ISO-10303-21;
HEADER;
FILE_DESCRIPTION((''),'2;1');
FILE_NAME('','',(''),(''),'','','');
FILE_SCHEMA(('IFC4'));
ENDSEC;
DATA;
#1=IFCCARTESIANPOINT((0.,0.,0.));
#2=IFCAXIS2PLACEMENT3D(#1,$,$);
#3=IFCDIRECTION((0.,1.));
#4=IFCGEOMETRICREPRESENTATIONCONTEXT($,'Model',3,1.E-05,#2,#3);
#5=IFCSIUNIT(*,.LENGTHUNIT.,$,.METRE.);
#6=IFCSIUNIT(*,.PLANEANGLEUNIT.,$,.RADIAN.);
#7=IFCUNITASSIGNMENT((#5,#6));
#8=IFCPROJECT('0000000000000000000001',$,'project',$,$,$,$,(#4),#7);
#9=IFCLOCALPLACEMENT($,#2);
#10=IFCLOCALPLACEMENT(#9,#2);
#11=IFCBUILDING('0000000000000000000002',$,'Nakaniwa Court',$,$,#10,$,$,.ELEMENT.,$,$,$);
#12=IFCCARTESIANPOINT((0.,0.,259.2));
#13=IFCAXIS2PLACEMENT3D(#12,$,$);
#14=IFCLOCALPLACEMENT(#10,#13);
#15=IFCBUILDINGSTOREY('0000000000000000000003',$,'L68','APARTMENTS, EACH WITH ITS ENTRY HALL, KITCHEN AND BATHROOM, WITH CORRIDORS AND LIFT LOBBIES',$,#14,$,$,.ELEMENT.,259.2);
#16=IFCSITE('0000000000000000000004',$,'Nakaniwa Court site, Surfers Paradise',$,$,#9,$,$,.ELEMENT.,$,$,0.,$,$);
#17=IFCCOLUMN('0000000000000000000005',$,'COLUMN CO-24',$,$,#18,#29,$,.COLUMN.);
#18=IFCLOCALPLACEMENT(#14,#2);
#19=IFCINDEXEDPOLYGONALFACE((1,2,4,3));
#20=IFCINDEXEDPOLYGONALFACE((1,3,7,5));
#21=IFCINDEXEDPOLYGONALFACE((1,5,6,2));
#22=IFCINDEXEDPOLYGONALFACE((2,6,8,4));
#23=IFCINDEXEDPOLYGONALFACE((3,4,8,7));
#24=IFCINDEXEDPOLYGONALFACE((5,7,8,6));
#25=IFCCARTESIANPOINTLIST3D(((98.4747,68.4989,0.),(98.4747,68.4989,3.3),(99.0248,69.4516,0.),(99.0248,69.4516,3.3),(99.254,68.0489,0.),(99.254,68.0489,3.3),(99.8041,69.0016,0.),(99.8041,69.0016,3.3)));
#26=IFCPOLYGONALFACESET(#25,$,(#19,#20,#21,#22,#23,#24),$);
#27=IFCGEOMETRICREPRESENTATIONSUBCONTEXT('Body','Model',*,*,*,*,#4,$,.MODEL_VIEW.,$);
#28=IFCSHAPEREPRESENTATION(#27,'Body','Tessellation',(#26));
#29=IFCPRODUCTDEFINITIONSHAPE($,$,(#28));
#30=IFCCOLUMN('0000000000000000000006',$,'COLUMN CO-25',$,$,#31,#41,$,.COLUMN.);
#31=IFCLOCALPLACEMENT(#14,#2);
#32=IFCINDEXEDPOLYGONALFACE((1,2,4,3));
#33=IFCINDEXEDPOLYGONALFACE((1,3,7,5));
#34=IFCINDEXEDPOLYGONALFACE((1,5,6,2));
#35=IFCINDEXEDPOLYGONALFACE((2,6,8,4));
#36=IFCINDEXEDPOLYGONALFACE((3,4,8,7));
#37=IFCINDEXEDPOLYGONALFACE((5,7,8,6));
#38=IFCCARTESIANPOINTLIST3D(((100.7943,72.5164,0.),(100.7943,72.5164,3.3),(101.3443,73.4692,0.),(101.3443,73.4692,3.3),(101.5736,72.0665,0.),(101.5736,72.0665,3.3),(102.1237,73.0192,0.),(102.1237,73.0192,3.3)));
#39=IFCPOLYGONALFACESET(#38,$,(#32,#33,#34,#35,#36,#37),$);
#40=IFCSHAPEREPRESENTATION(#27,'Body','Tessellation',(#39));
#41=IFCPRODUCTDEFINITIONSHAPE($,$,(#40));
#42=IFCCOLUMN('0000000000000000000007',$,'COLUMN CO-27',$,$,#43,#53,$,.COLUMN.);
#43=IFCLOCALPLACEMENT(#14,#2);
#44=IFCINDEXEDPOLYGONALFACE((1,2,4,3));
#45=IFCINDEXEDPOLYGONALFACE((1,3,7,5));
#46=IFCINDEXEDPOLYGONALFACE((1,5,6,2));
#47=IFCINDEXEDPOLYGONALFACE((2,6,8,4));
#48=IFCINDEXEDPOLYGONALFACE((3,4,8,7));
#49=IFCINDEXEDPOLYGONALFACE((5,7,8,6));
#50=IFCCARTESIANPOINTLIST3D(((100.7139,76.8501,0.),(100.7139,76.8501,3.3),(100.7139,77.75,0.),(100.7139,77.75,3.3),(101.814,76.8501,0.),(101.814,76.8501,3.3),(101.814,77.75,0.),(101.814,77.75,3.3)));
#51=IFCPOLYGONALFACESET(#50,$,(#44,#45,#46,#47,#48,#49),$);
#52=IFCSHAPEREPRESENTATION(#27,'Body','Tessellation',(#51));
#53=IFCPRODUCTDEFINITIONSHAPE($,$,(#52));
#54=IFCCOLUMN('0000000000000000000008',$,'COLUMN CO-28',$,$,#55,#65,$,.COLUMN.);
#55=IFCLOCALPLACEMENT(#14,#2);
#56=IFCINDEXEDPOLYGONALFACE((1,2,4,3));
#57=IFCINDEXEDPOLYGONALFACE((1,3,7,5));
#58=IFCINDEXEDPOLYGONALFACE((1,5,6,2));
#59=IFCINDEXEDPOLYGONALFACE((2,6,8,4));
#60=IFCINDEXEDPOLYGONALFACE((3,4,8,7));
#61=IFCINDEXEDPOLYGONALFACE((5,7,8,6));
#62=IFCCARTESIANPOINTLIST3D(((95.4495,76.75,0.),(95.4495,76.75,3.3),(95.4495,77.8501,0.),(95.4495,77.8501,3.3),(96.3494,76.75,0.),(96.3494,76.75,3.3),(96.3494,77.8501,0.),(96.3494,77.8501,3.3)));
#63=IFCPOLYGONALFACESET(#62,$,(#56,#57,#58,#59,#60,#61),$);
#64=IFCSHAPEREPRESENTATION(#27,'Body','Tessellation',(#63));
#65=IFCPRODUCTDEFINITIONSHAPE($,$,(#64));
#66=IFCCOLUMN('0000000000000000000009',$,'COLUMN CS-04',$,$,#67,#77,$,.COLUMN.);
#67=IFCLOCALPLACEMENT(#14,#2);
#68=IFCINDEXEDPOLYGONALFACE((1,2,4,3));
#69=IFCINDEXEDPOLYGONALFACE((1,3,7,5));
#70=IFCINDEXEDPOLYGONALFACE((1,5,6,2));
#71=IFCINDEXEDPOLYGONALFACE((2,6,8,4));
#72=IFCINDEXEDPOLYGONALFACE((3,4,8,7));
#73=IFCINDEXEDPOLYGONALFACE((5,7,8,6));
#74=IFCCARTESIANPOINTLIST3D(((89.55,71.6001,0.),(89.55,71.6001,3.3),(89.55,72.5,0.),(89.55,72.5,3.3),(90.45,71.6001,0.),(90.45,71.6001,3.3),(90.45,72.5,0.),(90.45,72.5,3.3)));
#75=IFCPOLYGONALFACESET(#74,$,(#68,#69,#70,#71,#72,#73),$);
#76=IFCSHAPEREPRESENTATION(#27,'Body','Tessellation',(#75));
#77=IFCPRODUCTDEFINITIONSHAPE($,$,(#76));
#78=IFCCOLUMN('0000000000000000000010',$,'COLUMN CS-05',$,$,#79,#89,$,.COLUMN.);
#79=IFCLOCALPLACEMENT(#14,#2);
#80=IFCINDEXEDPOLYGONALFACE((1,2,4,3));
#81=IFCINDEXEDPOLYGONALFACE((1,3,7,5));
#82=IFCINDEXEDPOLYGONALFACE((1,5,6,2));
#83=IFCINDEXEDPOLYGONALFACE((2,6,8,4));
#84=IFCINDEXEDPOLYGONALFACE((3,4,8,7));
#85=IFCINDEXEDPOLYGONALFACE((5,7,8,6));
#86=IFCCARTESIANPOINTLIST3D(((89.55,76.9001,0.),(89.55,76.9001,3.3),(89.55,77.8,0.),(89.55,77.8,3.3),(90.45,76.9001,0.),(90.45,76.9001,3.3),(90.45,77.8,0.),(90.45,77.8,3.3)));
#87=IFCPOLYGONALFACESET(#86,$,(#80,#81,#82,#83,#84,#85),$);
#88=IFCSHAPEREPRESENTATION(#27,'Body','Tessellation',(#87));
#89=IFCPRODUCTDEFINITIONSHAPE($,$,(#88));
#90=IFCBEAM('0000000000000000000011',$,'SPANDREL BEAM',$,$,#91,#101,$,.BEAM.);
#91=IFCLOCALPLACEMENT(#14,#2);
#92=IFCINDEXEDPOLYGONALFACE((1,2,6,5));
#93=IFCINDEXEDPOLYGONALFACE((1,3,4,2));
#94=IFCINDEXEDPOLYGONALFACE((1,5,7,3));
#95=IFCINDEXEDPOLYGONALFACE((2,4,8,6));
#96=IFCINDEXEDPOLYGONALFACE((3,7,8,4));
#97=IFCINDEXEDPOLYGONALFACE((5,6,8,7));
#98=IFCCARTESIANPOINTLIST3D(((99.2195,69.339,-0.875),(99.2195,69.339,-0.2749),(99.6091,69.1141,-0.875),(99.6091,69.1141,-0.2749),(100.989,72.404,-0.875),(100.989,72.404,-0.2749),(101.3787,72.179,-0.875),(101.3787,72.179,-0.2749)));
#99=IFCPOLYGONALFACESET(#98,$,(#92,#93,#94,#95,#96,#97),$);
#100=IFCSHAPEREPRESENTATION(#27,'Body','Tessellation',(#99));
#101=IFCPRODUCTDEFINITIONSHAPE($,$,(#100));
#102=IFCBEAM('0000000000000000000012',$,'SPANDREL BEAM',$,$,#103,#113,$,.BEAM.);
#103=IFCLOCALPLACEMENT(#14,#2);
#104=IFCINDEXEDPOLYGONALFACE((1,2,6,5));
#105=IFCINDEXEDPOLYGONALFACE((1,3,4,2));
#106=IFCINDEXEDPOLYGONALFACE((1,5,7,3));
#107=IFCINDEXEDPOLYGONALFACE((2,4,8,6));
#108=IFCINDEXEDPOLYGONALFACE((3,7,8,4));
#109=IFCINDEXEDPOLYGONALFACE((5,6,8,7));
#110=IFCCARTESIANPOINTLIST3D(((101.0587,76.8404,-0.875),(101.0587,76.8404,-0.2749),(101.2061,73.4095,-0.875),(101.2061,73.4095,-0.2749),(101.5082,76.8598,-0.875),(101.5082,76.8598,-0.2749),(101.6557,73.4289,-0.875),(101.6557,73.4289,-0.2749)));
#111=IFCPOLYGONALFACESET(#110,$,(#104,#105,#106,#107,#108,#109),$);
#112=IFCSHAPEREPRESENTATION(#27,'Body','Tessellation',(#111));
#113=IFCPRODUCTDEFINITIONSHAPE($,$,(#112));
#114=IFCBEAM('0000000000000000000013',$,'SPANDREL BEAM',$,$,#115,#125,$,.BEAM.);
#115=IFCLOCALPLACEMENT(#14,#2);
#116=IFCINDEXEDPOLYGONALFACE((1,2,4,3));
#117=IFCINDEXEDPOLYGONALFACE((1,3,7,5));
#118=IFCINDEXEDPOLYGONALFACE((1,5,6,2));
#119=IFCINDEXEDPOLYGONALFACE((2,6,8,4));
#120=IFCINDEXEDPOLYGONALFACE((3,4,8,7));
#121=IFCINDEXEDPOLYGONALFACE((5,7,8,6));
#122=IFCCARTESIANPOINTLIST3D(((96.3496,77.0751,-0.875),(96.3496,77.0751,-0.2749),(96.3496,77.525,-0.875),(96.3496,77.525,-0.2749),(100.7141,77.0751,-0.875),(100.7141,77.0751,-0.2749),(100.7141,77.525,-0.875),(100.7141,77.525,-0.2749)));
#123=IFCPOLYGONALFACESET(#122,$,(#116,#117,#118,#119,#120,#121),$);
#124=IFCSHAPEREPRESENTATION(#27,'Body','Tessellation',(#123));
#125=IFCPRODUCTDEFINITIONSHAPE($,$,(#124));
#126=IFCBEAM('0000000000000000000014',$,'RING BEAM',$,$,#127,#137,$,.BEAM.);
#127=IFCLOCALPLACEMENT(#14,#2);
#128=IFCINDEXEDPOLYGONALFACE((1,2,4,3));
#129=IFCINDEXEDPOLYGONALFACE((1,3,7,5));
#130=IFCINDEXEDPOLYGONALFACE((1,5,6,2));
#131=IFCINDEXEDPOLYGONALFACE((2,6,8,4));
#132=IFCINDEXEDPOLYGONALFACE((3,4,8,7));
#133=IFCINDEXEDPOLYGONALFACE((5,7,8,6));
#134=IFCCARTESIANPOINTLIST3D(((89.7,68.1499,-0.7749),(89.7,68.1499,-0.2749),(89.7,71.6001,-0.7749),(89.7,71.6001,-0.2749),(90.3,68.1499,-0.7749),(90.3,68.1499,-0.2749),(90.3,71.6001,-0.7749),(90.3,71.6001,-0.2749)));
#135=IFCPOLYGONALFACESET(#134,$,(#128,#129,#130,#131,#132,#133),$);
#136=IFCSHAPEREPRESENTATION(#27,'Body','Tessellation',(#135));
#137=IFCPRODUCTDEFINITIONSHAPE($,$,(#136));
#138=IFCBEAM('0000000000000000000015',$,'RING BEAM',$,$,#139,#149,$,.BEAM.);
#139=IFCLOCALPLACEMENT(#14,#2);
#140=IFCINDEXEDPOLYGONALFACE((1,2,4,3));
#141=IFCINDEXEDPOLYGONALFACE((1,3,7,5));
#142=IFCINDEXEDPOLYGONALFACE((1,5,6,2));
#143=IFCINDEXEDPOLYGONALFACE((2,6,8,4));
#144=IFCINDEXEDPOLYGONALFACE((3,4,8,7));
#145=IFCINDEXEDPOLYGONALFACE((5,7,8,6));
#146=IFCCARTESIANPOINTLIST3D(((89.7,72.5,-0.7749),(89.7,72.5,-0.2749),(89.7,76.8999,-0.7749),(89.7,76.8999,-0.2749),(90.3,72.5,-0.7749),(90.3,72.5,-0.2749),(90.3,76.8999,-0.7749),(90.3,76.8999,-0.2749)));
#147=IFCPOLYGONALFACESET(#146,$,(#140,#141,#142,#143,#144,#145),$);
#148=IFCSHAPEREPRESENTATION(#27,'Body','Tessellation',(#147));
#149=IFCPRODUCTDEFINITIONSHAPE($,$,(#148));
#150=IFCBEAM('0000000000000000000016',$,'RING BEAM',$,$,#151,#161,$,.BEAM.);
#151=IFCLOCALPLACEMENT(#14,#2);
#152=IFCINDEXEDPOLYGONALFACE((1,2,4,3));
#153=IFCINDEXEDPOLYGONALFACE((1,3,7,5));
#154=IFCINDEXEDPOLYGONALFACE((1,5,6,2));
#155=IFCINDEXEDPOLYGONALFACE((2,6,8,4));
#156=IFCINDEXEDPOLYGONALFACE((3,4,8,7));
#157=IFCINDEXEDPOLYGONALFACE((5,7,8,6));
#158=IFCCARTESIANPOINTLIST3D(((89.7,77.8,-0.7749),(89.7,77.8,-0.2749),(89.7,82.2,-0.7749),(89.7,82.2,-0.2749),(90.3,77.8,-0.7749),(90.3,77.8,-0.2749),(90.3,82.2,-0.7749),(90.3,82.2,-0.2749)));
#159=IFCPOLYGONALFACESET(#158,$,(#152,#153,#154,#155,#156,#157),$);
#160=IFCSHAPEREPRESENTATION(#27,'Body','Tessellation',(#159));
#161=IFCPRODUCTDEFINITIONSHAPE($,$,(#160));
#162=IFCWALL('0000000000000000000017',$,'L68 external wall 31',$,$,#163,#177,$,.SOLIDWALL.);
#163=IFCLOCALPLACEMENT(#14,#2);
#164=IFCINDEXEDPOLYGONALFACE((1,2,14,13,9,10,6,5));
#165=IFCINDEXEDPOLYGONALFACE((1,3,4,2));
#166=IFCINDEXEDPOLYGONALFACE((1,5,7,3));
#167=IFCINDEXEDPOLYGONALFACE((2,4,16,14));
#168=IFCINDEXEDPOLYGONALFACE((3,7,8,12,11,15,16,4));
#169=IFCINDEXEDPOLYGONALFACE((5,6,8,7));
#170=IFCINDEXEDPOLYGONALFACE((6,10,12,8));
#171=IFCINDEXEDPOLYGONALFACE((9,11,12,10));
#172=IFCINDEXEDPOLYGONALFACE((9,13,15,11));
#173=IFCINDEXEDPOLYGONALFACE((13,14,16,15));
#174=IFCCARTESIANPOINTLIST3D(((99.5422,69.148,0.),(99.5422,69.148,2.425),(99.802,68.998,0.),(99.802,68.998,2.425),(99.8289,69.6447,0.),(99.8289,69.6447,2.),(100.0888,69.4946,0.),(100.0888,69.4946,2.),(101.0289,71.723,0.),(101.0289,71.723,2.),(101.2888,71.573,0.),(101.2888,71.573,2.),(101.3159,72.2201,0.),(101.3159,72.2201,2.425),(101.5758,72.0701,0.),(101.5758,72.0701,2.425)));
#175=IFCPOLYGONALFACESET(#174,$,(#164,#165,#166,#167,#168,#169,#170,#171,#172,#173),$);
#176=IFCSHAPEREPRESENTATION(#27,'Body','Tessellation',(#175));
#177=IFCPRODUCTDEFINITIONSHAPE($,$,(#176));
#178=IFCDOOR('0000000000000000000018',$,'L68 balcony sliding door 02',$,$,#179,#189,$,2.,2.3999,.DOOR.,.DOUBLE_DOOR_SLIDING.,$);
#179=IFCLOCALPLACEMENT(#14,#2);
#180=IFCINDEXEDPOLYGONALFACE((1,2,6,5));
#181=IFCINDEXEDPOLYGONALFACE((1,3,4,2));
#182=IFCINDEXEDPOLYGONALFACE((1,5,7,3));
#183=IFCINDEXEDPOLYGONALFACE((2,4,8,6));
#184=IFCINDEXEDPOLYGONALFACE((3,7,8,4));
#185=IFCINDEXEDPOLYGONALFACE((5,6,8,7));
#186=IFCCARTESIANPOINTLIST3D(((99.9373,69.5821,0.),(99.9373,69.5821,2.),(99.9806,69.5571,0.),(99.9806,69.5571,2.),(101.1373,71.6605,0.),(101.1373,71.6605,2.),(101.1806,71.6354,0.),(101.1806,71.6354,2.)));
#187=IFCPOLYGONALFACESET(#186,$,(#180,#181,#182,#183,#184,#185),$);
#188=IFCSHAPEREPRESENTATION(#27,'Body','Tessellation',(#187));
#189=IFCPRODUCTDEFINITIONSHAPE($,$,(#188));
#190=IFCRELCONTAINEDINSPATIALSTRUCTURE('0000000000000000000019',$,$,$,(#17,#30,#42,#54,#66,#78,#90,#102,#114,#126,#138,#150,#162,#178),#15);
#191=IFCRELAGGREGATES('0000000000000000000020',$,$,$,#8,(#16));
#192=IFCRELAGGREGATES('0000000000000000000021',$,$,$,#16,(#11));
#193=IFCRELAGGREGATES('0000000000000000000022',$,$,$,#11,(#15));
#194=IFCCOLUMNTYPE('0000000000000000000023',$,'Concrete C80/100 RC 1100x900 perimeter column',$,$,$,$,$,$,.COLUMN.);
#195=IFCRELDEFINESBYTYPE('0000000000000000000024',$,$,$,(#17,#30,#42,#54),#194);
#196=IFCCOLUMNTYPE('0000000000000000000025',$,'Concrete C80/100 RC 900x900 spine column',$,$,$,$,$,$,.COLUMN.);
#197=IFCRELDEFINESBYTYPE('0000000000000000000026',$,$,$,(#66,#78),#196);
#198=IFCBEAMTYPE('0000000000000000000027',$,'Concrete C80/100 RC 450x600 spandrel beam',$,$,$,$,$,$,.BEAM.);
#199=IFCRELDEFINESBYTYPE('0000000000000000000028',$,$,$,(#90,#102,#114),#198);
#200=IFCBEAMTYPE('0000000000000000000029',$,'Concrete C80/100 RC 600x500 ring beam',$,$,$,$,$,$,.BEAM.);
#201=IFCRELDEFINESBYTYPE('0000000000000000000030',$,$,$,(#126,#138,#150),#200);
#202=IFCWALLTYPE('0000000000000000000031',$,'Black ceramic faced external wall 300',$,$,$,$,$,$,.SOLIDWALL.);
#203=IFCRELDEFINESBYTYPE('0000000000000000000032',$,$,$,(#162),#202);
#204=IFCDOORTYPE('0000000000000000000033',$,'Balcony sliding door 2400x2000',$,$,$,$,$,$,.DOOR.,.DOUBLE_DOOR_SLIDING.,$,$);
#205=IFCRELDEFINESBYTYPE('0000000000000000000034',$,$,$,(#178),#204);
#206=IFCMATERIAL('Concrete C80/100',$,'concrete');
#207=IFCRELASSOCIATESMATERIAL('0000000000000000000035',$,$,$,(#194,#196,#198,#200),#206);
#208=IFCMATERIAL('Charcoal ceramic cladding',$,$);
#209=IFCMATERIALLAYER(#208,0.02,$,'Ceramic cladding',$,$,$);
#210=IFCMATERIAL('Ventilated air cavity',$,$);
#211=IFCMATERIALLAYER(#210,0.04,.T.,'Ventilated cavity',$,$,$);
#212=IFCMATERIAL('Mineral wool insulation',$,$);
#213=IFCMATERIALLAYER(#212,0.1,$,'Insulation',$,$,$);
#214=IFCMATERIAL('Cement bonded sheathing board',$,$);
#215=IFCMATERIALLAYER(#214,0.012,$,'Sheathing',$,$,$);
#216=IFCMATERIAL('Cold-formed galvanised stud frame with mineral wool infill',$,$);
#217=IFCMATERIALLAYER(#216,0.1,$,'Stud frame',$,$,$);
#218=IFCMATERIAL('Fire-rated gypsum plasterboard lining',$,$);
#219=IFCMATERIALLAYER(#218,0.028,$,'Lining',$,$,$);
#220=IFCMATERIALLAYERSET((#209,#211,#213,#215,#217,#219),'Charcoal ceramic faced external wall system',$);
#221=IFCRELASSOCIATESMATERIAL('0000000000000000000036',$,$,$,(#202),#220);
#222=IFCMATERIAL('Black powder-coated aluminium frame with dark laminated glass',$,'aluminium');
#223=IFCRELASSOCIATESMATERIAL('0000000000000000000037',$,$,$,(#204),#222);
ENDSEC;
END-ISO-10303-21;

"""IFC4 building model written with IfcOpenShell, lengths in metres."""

from ifc_helpers import new_model, si_unit, direction, frame, frame_2d, origin, origin_2d, place, context, subcontext, project, spatial, rectangle, extrude, material, layer, layer_set, material_profile, profile_set, type_object, element, fill, save


model = new_model("IFC4")

# Units and contexts
model_context = context("Model", 3, precision=1e-05, world=origin(), true_north=direction((0.0, 1.0)))
body_context = subcontext(model_context, "Body", "Model", "MODEL_VIEW")
ifc_project = project(units=[si_unit("LENGTHUNIT", "METRE"), si_unit("PLANEANGLEUNIT", "RADIAN")], contexts=[model_context])

# Site, building, storey
site_placement = place(None, origin())
site = spatial("IfcSite", under=ifc_project, at=site_placement, Name="Nakaniwa Court site, Surfers Paradise", CompositionType="ELEMENT", RefElevation=0.0)
building_placement = place(site_placement, origin())
building = spatial("IfcBuilding", under=site, at=building_placement, Name="Nakaniwa Court", CompositionType="ELEMENT")
storey_placement = place(building_placement, frame((0.0, 0.0, 259.2)))
storey = spatial("IfcBuildingStorey", under=building, at=storey_placement, Name="L68", Description="APARTMENTS, EACH WITH ITS ENTRY HALL, KITCHEN AND BATHROOM, WITH CORRIDORS AND LIFT LOBBIES", CompositionType="ELEMENT", Elevation=259.2)

# Columns
ifc_material_1 = material(Name="Concrete C80/100", Category="concrete")
ifc_material_profile_1 = material_profile(ifc_material_1, rectangle(XDim=1.1001, YDim=0.8999, at=origin_2d()), Name="Concrete C80/100 RC 1100x900 perimeter column")
ifc_profile_set_1 = profile_set([ifc_material_profile_1], Name="Concrete C80/100")
column_type_1 = type_object("IfcColumnType", Name="Concrete C80/100 RC 1100x900 perimeter column", PredefinedType="COLUMN", material=ifc_profile_set_1)
for number, where, z_axis, x_axis, name in (
    (1, (99.1394, 68.7502, 0.0), (0.0, 0.0, 1.0), (0.5, 0.866025, 0.0), "COLUMN CO-24"),
    (2, (101.459, 72.7678, 0.0), (0.0, 0.0, 1.0), (0.5, 0.866025, 0.0), "COLUMN CO-25"),
    (3, (101.2639, 77.3, 0.0), (0.0, 0.0, 1.0), (-1.0, 0.0, 0.0), "COLUMN CO-27"),
    (4, (95.8994, 77.3, 0.0), (0.0, 0.0, 1.0), (0.0, 1.0, 0.0), "COLUMN CO-28"),
):
    element("IfcColumn", number, at=place(storey_placement, frame(where, z_axis=z_axis, x_axis=x_axis)), inside=storey, type_object=column_type_1, Name=name, PredefinedType="COLUMN", context=body_context, shape_type="SweptSolid", body=[
        extrude(rectangle(XDim=1.1001, YDim=0.8999, at=origin_2d()), origin(), (0.0, 0.0, 1.0), 3.3),
    ])
ifc_material_profile_2 = material_profile(ifc_material_1, rectangle(XDim=0.8999, YDim=0.8999, at=origin_2d()), Name="Concrete C80/100 RC 900x900 spine column")
ifc_profile_set_2 = profile_set([ifc_material_profile_2], Name="Concrete C80/100")
column_type_2 = type_object("IfcColumnType", Name="Concrete C80/100 RC 900x900 spine column", PredefinedType="COLUMN", material=ifc_profile_set_2)
for number, where, z_axis, x_axis, name in (
    (5, (90.0, 72.05, 0.0), (0.0, 0.0, 1.0), (0.0, 1.0, 0.0), "COLUMN CS-04"),
    (6, (90.0, 77.3501, 0.0), (0.0, 0.0, 1.0), (0.0, 1.0, 0.0), "COLUMN CS-05"),
):
    element("IfcColumn", number, at=place(storey_placement, frame(where, z_axis=z_axis, x_axis=x_axis)), inside=storey, type_object=column_type_2, Name=name, PredefinedType="COLUMN", context=body_context, shape_type="SweptSolid", body=[
        extrude(rectangle(XDim=0.8999, YDim=0.8999, at=origin_2d()), origin(), (0.0, 0.0, 1.0), 3.3),
    ])

# Beams
ifc_material_profile_3 = material_profile(ifc_material_1, rectangle(XDim=0.45, YDim=0.6001, at=origin_2d()), Name="Concrete C80/100 RC 450x600 spandrel beam")
ifc_profile_set_3 = profile_set([ifc_material_profile_3], Name="Concrete C80/100")
beam_type_1 = type_object("IfcBeamType", Name="Concrete C80/100 RC 450x600 spandrel beam", PredefinedType="BEAM", material=ifc_profile_set_3)
beam_1_placement = place(storey_placement, frame((99.4143, 69.2266, -0.575), z_axis=(0.499997, 0.866027, 0.0), x_axis=(-0.866027, 0.499997, 0.0)))
element("IfcBeam", 7, at=beam_1_placement, inside=storey, type_object=beam_type_1, Name="SPANDREL BEAM", PredefinedType="BEAM", context=body_context, shape_type="SweptSolid", body=[
    extrude(rectangle(XDim=0.45, YDim=0.6001, at=origin_2d()), origin(), (0.0, 0.0, 1.0), 3.5391),
])
beam_2_placement = place(storey_placement, frame((101.4309, 73.4192, -0.575), z_axis=(-0.042941, 0.999078, 0.0), x_axis=(-0.999078, -0.042941, 0.0)))
element("IfcBeam", 8, at=beam_2_placement, inside=storey, type_object=beam_type_1, Name="SPANDREL BEAM", PredefinedType="BEAM", context=body_context, shape_type="SweptSolid", body=[
    extrude(rectangle(XDim=0.45, YDim=0.6001, at=origin_2d()), origin(), (0.0, 0.0, 1.0), 3.4341),
])
beam_3_placement = place(storey_placement, frame((100.7141, 77.3, -0.575), z_axis=(-1.0, 0.0, 0.0), x_axis=(0.0, -1.0, 0.0)))
element("IfcBeam", 9, at=beam_3_placement, inside=storey, type_object=beam_type_1, Name="SPANDREL BEAM", PredefinedType="BEAM", context=body_context, shape_type="SweptSolid", body=[
    extrude(rectangle(XDim=0.45, YDim=0.6001, at=origin_2d()), origin(), (0.0, 0.0, 1.0), 4.3645),
])
ifc_material_profile_4 = material_profile(ifc_material_1, rectangle(XDim=0.6001, YDim=0.5, at=origin_2d()), Name="Concrete C80/100 RC 600x500 ring beam")
ifc_profile_set_4 = profile_set([ifc_material_profile_4], Name="Concrete C80/100")
beam_type_2 = type_object("IfcBeamType", Name="Concrete C80/100 RC 600x500 ring beam", PredefinedType="BEAM", material=ifc_profile_set_4)
beam_4_placement = place(storey_placement, frame((90.0, 68.1499, -0.5249), z_axis=(0.0, 1.0, 0.0), x_axis=(-1.0, 0.0, 0.0)))
element("IfcBeam", 10, at=beam_4_placement, inside=storey, type_object=beam_type_2, Name="RING BEAM", PredefinedType="BEAM", context=body_context, shape_type="SweptSolid", body=[
    extrude(rectangle(XDim=0.6001, YDim=0.5, at=origin_2d()), origin(), (0.0, 0.0, 1.0), 3.4502),
])
for number, where, z_axis, x_axis, name in (
    (11, (90.0, 72.5, -0.5249), (0.0, 1.0, 0.0), (-1.0, 0.0, 0.0), "RING BEAM"),
    (12, (90.0, 77.8, -0.5249), (0.0, 1.0, 0.0), (-1.0, 0.0, 0.0), "RING BEAM"),
):
    element("IfcBeam", number, at=place(storey_placement, frame(where, z_axis=z_axis, x_axis=x_axis)), inside=storey, type_object=beam_type_2, Name=name, PredefinedType="BEAM", context=body_context, shape_type="SweptSolid", body=[
        extrude(rectangle(XDim=0.6001, YDim=0.5, at=origin_2d()), origin(), (0.0, 0.0, 1.0), 4.3999),
    ])

# Wall, opening, door
ifc_material_2 = material(Name="Charcoal ceramic cladding")
ifc_layer_1 = layer(ifc_material_2, 0.02, Name="Ceramic cladding")
ifc_material_3 = material(Name="Ventilated air cavity")
ifc_layer_2 = layer(ifc_material_3, 0.04, ventilated=True, Name="Ventilated cavity")
ifc_material_4 = material(Name="Mineral wool insulation")
ifc_layer_3 = layer(ifc_material_4, 0.1, Name="Insulation")
ifc_material_5 = material(Name="Cement bonded sheathing board")
ifc_layer_4 = layer(ifc_material_5, 0.012, Name="Sheathing")
ifc_material_6 = material(Name="Cold-formed galvanised stud frame with mineral wool infill")
ifc_layer_5 = layer(ifc_material_6, 0.1, Name="Stud frame")
ifc_material_7 = material(Name="Fire-rated gypsum plasterboard lining")
ifc_layer_6 = layer(ifc_material_7, 0.028, Name="Lining")
ifc_layer_set_1 = layer_set([ifc_layer_1, ifc_layer_2, ifc_layer_3, ifc_layer_4, ifc_layer_5, ifc_layer_6], Name="Charcoal ceramic faced external wall system")
wall_type_1 = type_object("IfcWallType", Name="Black ceramic faced external wall 300", PredefinedType="SOLIDWALL", material=ifc_layer_set_1)
wall_1_placement = place(storey_placement, frame((99.6721, 69.073, 0.0), z_axis=(0.0, 0.0, 1.0), x_axis=(0.50001, 0.866019, 0.0)))
wall_1 = element("IfcWall", 13, at=wall_1_placement, inside=storey, type_object=wall_type_1, Name="L68 external wall 31", PredefinedType="SOLIDWALL", context=body_context, shape_type="SweptSolid", body=[
    extrude(rectangle(XDim=3.5474, YDim=0.3, at=frame_2d((1.7737, 0.0))), origin(), (0.0, 0.0, 1.0), 2.425),
])
opening_1_placement = place(wall_1_placement, frame((0.5735, 0.0, 0.0)))
opening_1 = element("IfcOpeningElement", 14, at=opening_1_placement, cuts=wall_1, PredefinedType="OPENING", context=body_context, shape_type="SweptSolid", body=[
    extrude(rectangle(XDim=2.3999, YDim=2.0, at=frame_2d((1.2, 1.0))), frame((0.0, 0.1599, 0.0), z_axis=(0.0, -1.0, 0.0), x_axis=(1.0, 0.0, 0.0)), (0.0, 0.0, 1.0), 0.3201),
])
ifc_material_8 = material(Name="Black powder-coated aluminium frame with dark laminated glass", Category="aluminium")
door_type_1 = type_object("IfcDoorType", Name="Balcony sliding door 2400x2000", OperationType="DOUBLE_DOOR_SLIDING", PredefinedType="DOOR", material=ifc_material_8)
door_1_placement = place(opening_1_placement, origin())
door_1 = element("IfcDoor", 15, at=door_1_placement, inside=storey, type_object=door_type_1, Name="L68 balcony sliding door 02", OperationType="DOUBLE_DOOR_SLIDING", OverallHeight=2.0, OverallWidth=2.3999, PredefinedType="DOOR", context=body_context, shape_type="SweptSolid", body=[
    extrude(rectangle(XDim=2.3999, YDim=2.0, at=frame_2d((1.2, 1.0))), frame((0.0, 0.0249, 0.0), z_axis=(0.0, -1.0, 0.0), x_axis=(1.0, 0.0, 0.0)), (0.0, 0.0, 1.0), 0.05),
])
fill(opening_1, door_1)

save(model, "model.ifc")
